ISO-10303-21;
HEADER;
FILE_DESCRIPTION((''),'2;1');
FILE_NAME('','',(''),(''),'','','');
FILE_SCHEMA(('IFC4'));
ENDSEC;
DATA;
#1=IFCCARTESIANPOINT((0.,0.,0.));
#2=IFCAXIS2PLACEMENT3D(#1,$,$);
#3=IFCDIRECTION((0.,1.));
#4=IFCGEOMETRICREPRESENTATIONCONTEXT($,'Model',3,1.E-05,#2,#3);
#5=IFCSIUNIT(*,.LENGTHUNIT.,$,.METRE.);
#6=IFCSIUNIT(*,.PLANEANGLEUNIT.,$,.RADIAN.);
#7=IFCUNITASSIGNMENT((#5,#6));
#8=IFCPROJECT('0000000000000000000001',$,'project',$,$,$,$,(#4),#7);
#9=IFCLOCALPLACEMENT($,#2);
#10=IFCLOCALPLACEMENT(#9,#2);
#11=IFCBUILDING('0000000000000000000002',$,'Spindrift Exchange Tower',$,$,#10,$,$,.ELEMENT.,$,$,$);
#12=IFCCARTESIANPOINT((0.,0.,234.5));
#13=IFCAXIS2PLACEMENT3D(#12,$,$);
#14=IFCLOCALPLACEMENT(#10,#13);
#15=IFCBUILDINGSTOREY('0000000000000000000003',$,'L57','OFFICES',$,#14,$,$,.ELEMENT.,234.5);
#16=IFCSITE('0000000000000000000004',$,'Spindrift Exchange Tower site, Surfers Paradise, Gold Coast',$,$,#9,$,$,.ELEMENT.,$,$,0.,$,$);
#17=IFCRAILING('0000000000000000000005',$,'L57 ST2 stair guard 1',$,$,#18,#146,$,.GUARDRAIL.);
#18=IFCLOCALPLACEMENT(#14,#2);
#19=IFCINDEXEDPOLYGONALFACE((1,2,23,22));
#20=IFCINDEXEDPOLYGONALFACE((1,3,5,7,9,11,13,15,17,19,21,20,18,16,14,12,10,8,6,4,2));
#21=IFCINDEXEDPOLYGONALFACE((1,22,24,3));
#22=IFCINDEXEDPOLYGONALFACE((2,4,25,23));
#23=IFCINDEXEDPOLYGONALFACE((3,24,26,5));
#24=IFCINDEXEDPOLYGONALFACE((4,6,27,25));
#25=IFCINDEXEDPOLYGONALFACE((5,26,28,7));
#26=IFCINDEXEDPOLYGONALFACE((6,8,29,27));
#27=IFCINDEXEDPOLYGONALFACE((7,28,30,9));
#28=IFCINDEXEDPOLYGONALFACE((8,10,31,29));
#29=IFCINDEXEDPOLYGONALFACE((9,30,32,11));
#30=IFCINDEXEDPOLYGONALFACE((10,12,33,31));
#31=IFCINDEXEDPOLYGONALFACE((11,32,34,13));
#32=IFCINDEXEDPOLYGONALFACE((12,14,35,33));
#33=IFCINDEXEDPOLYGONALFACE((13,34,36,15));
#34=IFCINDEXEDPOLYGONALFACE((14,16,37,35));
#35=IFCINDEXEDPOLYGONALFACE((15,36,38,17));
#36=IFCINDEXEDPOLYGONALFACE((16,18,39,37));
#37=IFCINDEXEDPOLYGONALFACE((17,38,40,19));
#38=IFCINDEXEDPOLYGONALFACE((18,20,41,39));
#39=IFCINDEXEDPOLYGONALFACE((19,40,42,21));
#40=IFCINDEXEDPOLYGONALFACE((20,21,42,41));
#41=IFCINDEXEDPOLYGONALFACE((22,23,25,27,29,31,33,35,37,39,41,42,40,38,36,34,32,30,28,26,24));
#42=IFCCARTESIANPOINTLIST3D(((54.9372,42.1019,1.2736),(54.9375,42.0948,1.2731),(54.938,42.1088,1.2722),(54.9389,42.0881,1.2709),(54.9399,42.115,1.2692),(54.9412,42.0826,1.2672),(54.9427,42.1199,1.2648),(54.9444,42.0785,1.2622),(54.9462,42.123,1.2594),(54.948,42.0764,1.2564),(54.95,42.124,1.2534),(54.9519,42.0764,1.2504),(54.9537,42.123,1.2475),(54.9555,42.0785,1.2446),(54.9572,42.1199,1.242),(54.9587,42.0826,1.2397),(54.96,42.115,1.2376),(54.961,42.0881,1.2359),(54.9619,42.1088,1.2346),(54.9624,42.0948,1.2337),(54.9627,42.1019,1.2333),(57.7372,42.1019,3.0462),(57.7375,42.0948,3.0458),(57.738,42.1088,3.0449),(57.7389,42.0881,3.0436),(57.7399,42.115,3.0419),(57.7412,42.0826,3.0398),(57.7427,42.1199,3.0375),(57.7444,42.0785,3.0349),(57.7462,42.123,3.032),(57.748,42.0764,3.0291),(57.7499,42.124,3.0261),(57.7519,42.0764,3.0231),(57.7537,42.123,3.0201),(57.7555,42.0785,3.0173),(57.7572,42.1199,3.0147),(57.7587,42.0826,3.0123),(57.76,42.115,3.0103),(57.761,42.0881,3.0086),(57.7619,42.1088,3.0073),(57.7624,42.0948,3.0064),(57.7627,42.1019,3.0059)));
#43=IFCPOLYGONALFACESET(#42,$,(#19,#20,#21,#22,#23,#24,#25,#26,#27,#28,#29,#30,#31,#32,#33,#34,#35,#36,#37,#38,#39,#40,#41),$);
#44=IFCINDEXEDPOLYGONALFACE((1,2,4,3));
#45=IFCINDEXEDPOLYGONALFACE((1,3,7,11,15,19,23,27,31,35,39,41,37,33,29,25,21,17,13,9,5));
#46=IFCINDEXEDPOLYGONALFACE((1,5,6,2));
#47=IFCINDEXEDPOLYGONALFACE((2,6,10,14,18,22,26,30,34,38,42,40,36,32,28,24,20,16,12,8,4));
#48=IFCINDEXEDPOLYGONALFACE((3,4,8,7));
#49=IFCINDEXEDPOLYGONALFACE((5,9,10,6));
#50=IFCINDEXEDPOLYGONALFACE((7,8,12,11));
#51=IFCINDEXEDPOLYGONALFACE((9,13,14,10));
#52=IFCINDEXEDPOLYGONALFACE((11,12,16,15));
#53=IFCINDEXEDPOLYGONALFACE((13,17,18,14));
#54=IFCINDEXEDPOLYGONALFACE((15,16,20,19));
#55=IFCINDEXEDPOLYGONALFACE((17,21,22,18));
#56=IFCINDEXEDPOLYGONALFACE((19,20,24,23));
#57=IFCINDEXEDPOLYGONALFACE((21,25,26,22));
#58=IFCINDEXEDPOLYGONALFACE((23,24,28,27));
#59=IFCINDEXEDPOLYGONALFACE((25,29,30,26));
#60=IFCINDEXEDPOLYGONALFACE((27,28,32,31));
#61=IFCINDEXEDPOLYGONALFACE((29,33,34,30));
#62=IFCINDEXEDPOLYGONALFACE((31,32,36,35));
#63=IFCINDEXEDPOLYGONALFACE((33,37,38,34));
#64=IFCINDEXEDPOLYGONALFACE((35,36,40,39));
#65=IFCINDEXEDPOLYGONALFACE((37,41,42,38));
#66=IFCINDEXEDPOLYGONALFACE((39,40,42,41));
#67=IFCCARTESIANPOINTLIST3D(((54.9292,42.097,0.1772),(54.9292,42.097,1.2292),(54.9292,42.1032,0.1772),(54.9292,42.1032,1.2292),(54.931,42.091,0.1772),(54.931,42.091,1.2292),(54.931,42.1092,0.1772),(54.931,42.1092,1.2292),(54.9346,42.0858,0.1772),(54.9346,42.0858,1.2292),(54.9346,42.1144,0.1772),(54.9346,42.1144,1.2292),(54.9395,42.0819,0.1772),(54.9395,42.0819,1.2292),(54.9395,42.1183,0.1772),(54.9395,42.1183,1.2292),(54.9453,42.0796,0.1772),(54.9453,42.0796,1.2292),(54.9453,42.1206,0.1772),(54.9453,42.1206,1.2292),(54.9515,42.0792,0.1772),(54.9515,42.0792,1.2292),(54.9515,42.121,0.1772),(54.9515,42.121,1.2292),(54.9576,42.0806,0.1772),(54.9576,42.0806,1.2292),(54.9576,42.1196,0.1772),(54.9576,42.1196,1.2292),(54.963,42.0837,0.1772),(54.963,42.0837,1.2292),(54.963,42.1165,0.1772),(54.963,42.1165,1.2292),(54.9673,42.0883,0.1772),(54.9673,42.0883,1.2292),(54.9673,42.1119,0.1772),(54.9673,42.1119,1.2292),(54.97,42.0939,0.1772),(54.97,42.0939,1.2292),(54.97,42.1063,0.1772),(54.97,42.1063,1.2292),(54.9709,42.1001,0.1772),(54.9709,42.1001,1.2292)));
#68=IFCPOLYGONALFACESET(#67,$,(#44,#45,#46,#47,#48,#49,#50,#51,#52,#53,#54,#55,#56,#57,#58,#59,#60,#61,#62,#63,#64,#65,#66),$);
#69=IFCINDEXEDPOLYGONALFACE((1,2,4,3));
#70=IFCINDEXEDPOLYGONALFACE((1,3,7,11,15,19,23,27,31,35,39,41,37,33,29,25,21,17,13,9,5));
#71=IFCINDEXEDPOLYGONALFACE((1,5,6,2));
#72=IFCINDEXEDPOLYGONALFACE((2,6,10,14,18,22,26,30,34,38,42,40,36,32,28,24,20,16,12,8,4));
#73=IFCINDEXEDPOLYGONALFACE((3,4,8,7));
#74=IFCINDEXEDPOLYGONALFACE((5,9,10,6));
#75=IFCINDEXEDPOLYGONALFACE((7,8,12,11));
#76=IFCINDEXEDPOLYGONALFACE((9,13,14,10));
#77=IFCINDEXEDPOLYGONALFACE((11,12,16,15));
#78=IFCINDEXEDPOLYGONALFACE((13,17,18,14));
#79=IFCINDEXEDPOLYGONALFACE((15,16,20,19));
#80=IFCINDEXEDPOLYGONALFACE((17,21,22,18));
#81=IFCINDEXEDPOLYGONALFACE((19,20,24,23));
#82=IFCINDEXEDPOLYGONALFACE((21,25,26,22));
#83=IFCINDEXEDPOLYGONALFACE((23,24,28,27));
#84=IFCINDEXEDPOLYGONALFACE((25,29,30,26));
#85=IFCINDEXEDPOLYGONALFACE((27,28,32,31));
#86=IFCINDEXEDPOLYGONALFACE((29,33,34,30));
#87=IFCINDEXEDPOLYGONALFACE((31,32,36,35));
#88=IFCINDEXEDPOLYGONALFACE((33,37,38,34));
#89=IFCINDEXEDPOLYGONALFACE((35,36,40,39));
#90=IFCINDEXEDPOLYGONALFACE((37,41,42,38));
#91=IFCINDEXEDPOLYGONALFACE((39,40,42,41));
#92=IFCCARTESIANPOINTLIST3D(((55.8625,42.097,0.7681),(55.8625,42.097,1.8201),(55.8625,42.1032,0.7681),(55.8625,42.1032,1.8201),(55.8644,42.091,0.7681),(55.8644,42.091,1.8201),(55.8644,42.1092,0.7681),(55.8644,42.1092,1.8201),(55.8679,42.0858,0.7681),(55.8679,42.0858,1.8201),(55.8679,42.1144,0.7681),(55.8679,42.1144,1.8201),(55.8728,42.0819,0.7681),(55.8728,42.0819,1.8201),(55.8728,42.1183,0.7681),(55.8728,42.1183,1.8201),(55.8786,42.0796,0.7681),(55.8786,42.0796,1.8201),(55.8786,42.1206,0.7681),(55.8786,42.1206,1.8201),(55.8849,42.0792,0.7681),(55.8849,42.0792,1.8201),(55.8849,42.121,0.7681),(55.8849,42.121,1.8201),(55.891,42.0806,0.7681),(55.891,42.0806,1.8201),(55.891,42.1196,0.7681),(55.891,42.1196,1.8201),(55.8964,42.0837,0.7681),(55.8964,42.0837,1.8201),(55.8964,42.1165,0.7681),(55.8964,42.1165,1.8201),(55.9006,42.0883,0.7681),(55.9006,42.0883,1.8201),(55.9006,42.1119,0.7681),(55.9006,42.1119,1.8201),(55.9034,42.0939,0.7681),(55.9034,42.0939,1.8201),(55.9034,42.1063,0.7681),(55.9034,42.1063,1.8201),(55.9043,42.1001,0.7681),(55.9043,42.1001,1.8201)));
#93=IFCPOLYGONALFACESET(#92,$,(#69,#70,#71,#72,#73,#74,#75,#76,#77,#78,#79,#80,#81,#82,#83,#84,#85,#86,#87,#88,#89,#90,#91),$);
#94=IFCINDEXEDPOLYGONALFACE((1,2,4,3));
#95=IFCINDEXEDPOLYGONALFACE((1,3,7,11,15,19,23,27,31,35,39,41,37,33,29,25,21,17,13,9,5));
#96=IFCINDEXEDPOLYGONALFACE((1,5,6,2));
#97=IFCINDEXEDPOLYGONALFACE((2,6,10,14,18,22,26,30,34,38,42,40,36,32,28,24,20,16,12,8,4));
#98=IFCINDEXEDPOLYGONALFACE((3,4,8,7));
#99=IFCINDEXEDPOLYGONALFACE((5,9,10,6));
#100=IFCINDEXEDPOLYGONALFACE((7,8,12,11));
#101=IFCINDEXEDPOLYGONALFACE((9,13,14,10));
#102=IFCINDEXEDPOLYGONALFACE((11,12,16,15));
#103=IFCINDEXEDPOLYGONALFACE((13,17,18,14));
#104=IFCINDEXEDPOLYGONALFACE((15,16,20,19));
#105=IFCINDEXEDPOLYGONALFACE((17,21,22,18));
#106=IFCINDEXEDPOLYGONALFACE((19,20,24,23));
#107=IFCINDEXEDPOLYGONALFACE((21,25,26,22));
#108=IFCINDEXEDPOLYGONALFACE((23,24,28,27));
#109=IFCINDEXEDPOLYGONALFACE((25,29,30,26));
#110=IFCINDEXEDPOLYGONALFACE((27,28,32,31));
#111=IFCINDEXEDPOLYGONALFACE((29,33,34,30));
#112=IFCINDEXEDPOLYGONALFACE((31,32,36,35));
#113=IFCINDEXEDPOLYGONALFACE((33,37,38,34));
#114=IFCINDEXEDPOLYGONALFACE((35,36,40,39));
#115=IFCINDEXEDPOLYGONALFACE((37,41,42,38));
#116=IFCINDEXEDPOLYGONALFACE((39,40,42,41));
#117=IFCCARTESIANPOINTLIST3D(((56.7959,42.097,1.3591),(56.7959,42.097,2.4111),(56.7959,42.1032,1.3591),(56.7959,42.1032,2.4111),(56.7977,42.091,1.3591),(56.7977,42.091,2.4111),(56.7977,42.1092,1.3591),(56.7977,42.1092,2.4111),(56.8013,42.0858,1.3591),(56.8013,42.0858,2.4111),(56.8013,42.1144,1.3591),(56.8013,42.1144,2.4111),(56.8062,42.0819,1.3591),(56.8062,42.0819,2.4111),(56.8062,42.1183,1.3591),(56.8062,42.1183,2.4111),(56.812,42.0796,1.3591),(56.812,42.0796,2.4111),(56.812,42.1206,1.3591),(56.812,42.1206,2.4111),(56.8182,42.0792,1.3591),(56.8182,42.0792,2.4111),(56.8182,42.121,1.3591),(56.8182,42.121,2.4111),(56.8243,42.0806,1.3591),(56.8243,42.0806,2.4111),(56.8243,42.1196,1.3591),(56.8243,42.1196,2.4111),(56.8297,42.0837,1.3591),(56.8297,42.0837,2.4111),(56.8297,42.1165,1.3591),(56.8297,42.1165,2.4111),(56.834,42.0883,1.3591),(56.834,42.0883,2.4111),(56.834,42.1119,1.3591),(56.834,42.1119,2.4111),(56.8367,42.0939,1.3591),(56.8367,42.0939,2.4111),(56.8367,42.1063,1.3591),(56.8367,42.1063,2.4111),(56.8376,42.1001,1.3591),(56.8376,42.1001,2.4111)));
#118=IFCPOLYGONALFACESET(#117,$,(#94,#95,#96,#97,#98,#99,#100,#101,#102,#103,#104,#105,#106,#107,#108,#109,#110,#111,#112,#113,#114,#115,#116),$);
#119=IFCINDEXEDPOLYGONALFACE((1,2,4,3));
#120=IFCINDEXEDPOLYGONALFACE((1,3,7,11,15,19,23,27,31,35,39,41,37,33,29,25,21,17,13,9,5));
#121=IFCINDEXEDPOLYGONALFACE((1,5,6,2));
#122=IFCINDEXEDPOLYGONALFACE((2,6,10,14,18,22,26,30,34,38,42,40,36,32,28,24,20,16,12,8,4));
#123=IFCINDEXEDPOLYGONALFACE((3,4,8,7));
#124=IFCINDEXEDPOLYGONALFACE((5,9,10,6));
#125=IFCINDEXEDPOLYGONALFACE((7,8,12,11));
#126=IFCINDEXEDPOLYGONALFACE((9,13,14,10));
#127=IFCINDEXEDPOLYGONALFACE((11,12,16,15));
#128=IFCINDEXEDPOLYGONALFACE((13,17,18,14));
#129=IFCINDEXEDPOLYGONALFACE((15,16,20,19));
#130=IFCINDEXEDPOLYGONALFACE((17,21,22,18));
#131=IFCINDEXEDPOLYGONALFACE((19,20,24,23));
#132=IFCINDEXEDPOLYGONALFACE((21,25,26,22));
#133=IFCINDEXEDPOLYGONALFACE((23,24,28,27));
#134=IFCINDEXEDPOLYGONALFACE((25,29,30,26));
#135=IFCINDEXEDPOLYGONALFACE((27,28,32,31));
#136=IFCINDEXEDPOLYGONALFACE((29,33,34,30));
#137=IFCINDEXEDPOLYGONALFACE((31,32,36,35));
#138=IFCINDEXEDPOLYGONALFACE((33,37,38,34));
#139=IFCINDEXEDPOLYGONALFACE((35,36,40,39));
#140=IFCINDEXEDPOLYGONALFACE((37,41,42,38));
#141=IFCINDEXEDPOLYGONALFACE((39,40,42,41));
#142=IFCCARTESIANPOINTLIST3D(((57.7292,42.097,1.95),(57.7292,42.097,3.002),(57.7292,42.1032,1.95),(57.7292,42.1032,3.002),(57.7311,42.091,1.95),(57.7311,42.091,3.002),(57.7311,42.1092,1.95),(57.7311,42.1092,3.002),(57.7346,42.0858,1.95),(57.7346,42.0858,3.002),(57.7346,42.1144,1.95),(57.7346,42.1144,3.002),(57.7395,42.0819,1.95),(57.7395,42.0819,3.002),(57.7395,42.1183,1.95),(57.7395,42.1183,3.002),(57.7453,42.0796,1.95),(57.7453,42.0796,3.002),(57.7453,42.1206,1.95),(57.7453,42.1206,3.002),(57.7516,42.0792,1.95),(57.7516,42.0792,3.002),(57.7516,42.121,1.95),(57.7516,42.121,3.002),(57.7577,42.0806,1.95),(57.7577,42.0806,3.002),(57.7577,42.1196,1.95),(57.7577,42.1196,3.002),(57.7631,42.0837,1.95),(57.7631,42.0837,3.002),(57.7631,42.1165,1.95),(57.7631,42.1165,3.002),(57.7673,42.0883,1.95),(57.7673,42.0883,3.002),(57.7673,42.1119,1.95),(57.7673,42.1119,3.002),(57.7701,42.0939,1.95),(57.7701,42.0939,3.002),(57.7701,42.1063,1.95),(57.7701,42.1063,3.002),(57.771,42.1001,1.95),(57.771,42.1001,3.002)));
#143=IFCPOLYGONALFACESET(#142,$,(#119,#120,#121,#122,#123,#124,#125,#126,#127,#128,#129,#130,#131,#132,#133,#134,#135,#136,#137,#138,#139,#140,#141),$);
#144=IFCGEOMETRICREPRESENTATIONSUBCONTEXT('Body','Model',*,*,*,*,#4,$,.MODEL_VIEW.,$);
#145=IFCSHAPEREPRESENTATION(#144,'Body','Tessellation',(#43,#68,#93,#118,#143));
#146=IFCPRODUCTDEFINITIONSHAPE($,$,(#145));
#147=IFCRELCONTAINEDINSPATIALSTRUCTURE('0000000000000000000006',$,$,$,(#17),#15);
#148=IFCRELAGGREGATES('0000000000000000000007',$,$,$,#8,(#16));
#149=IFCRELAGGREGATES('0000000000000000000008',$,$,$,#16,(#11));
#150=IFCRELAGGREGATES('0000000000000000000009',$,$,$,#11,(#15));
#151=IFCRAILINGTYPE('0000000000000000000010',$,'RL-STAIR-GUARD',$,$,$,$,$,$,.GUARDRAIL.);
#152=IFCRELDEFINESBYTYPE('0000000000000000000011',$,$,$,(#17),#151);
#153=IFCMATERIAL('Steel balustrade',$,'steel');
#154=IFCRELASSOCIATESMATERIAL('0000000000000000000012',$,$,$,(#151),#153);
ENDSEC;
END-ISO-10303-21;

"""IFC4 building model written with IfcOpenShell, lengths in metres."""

from ifc_helpers import new_model, si_unit, direction, frame, origin, origin_2d, place, context, subcontext, project, spatial, circle, extrude, material, type_object, element, save


model = new_model("IFC4")

# Units and contexts
model_context = context("Model", 3, precision=1e-05, world=origin(), true_north=direction((0.0, 1.0)))
body_context = subcontext(model_context, "Body", "Model", "MODEL_VIEW")
ifc_project = project(units=[si_unit("LENGTHUNIT", "METRE"), si_unit("PLANEANGLEUNIT", "RADIAN")], contexts=[model_context])

# Site, building, storey
site_placement = place(None, origin())
site = spatial("IfcSite", under=ifc_project, at=site_placement, Name="Spindrift Exchange Tower site, Surfers Paradise, Gold Coast", CompositionType="ELEMENT", RefElevation=0.0)
building_placement = place(site_placement, origin())
building = spatial("IfcBuilding", under=site, at=building_placement, Name="Spindrift Exchange Tower", CompositionType="ELEMENT")
storey_placement = place(building_placement, frame((0.0, 0.0, 234.5)))
storey = spatial("IfcBuildingStorey", under=building, at=storey_placement, Name="L57", Description="OFFICES", CompositionType="ELEMENT", Elevation=234.5)

# Railing
ifc_material_1 = material(Name="Steel balustrade", Category="steel")
railing_type_1 = type_object("IfcRailingType", Name="RL-STAIR-GUARD", PredefinedType="GUARDRAIL", material=ifc_material_1)
railing_1_placement = place(storey_placement, frame((54.95, 42.1001, 0.1772)))
element("IfcRailing", 1, at=railing_1_placement, inside=storey, type_object=railing_type_1, Name="L57 ST2 stair guard 1", PredefinedType="GUARDRAIL", context=body_context, shape_type="SweptSolid", body=[
    extrude(circle(Radius=0.0239, at=origin_2d()), frame((0.0, 0.0, 1.0762), z_axis=(0.844909, 0.0, 0.53491), x_axis=(0.0, 1.0, 0.0)), (0.0, 0.0, 1.0), 3.314),
    extrude(circle(Radius=0.021, at=origin_2d()), origin(), (0.0, 0.0, 1.0), 1.052),
    extrude(circle(Radius=0.021, at=origin_2d()), frame((0.9333, 0.0, 0.5908)), (0.0, 0.0, 1.0), 1.052),
    extrude(circle(Radius=0.021, at=origin_2d()), frame((1.8667, 0.0, 1.1819)), (0.0, 0.0, 1.0), 1.052),
    extrude(circle(Radius=0.021, at=origin_2d()), frame((2.8, 0.0, 1.7727)), (0.0, 0.0, 1.0), 1.052),
])

save(model, "model.ifc")
